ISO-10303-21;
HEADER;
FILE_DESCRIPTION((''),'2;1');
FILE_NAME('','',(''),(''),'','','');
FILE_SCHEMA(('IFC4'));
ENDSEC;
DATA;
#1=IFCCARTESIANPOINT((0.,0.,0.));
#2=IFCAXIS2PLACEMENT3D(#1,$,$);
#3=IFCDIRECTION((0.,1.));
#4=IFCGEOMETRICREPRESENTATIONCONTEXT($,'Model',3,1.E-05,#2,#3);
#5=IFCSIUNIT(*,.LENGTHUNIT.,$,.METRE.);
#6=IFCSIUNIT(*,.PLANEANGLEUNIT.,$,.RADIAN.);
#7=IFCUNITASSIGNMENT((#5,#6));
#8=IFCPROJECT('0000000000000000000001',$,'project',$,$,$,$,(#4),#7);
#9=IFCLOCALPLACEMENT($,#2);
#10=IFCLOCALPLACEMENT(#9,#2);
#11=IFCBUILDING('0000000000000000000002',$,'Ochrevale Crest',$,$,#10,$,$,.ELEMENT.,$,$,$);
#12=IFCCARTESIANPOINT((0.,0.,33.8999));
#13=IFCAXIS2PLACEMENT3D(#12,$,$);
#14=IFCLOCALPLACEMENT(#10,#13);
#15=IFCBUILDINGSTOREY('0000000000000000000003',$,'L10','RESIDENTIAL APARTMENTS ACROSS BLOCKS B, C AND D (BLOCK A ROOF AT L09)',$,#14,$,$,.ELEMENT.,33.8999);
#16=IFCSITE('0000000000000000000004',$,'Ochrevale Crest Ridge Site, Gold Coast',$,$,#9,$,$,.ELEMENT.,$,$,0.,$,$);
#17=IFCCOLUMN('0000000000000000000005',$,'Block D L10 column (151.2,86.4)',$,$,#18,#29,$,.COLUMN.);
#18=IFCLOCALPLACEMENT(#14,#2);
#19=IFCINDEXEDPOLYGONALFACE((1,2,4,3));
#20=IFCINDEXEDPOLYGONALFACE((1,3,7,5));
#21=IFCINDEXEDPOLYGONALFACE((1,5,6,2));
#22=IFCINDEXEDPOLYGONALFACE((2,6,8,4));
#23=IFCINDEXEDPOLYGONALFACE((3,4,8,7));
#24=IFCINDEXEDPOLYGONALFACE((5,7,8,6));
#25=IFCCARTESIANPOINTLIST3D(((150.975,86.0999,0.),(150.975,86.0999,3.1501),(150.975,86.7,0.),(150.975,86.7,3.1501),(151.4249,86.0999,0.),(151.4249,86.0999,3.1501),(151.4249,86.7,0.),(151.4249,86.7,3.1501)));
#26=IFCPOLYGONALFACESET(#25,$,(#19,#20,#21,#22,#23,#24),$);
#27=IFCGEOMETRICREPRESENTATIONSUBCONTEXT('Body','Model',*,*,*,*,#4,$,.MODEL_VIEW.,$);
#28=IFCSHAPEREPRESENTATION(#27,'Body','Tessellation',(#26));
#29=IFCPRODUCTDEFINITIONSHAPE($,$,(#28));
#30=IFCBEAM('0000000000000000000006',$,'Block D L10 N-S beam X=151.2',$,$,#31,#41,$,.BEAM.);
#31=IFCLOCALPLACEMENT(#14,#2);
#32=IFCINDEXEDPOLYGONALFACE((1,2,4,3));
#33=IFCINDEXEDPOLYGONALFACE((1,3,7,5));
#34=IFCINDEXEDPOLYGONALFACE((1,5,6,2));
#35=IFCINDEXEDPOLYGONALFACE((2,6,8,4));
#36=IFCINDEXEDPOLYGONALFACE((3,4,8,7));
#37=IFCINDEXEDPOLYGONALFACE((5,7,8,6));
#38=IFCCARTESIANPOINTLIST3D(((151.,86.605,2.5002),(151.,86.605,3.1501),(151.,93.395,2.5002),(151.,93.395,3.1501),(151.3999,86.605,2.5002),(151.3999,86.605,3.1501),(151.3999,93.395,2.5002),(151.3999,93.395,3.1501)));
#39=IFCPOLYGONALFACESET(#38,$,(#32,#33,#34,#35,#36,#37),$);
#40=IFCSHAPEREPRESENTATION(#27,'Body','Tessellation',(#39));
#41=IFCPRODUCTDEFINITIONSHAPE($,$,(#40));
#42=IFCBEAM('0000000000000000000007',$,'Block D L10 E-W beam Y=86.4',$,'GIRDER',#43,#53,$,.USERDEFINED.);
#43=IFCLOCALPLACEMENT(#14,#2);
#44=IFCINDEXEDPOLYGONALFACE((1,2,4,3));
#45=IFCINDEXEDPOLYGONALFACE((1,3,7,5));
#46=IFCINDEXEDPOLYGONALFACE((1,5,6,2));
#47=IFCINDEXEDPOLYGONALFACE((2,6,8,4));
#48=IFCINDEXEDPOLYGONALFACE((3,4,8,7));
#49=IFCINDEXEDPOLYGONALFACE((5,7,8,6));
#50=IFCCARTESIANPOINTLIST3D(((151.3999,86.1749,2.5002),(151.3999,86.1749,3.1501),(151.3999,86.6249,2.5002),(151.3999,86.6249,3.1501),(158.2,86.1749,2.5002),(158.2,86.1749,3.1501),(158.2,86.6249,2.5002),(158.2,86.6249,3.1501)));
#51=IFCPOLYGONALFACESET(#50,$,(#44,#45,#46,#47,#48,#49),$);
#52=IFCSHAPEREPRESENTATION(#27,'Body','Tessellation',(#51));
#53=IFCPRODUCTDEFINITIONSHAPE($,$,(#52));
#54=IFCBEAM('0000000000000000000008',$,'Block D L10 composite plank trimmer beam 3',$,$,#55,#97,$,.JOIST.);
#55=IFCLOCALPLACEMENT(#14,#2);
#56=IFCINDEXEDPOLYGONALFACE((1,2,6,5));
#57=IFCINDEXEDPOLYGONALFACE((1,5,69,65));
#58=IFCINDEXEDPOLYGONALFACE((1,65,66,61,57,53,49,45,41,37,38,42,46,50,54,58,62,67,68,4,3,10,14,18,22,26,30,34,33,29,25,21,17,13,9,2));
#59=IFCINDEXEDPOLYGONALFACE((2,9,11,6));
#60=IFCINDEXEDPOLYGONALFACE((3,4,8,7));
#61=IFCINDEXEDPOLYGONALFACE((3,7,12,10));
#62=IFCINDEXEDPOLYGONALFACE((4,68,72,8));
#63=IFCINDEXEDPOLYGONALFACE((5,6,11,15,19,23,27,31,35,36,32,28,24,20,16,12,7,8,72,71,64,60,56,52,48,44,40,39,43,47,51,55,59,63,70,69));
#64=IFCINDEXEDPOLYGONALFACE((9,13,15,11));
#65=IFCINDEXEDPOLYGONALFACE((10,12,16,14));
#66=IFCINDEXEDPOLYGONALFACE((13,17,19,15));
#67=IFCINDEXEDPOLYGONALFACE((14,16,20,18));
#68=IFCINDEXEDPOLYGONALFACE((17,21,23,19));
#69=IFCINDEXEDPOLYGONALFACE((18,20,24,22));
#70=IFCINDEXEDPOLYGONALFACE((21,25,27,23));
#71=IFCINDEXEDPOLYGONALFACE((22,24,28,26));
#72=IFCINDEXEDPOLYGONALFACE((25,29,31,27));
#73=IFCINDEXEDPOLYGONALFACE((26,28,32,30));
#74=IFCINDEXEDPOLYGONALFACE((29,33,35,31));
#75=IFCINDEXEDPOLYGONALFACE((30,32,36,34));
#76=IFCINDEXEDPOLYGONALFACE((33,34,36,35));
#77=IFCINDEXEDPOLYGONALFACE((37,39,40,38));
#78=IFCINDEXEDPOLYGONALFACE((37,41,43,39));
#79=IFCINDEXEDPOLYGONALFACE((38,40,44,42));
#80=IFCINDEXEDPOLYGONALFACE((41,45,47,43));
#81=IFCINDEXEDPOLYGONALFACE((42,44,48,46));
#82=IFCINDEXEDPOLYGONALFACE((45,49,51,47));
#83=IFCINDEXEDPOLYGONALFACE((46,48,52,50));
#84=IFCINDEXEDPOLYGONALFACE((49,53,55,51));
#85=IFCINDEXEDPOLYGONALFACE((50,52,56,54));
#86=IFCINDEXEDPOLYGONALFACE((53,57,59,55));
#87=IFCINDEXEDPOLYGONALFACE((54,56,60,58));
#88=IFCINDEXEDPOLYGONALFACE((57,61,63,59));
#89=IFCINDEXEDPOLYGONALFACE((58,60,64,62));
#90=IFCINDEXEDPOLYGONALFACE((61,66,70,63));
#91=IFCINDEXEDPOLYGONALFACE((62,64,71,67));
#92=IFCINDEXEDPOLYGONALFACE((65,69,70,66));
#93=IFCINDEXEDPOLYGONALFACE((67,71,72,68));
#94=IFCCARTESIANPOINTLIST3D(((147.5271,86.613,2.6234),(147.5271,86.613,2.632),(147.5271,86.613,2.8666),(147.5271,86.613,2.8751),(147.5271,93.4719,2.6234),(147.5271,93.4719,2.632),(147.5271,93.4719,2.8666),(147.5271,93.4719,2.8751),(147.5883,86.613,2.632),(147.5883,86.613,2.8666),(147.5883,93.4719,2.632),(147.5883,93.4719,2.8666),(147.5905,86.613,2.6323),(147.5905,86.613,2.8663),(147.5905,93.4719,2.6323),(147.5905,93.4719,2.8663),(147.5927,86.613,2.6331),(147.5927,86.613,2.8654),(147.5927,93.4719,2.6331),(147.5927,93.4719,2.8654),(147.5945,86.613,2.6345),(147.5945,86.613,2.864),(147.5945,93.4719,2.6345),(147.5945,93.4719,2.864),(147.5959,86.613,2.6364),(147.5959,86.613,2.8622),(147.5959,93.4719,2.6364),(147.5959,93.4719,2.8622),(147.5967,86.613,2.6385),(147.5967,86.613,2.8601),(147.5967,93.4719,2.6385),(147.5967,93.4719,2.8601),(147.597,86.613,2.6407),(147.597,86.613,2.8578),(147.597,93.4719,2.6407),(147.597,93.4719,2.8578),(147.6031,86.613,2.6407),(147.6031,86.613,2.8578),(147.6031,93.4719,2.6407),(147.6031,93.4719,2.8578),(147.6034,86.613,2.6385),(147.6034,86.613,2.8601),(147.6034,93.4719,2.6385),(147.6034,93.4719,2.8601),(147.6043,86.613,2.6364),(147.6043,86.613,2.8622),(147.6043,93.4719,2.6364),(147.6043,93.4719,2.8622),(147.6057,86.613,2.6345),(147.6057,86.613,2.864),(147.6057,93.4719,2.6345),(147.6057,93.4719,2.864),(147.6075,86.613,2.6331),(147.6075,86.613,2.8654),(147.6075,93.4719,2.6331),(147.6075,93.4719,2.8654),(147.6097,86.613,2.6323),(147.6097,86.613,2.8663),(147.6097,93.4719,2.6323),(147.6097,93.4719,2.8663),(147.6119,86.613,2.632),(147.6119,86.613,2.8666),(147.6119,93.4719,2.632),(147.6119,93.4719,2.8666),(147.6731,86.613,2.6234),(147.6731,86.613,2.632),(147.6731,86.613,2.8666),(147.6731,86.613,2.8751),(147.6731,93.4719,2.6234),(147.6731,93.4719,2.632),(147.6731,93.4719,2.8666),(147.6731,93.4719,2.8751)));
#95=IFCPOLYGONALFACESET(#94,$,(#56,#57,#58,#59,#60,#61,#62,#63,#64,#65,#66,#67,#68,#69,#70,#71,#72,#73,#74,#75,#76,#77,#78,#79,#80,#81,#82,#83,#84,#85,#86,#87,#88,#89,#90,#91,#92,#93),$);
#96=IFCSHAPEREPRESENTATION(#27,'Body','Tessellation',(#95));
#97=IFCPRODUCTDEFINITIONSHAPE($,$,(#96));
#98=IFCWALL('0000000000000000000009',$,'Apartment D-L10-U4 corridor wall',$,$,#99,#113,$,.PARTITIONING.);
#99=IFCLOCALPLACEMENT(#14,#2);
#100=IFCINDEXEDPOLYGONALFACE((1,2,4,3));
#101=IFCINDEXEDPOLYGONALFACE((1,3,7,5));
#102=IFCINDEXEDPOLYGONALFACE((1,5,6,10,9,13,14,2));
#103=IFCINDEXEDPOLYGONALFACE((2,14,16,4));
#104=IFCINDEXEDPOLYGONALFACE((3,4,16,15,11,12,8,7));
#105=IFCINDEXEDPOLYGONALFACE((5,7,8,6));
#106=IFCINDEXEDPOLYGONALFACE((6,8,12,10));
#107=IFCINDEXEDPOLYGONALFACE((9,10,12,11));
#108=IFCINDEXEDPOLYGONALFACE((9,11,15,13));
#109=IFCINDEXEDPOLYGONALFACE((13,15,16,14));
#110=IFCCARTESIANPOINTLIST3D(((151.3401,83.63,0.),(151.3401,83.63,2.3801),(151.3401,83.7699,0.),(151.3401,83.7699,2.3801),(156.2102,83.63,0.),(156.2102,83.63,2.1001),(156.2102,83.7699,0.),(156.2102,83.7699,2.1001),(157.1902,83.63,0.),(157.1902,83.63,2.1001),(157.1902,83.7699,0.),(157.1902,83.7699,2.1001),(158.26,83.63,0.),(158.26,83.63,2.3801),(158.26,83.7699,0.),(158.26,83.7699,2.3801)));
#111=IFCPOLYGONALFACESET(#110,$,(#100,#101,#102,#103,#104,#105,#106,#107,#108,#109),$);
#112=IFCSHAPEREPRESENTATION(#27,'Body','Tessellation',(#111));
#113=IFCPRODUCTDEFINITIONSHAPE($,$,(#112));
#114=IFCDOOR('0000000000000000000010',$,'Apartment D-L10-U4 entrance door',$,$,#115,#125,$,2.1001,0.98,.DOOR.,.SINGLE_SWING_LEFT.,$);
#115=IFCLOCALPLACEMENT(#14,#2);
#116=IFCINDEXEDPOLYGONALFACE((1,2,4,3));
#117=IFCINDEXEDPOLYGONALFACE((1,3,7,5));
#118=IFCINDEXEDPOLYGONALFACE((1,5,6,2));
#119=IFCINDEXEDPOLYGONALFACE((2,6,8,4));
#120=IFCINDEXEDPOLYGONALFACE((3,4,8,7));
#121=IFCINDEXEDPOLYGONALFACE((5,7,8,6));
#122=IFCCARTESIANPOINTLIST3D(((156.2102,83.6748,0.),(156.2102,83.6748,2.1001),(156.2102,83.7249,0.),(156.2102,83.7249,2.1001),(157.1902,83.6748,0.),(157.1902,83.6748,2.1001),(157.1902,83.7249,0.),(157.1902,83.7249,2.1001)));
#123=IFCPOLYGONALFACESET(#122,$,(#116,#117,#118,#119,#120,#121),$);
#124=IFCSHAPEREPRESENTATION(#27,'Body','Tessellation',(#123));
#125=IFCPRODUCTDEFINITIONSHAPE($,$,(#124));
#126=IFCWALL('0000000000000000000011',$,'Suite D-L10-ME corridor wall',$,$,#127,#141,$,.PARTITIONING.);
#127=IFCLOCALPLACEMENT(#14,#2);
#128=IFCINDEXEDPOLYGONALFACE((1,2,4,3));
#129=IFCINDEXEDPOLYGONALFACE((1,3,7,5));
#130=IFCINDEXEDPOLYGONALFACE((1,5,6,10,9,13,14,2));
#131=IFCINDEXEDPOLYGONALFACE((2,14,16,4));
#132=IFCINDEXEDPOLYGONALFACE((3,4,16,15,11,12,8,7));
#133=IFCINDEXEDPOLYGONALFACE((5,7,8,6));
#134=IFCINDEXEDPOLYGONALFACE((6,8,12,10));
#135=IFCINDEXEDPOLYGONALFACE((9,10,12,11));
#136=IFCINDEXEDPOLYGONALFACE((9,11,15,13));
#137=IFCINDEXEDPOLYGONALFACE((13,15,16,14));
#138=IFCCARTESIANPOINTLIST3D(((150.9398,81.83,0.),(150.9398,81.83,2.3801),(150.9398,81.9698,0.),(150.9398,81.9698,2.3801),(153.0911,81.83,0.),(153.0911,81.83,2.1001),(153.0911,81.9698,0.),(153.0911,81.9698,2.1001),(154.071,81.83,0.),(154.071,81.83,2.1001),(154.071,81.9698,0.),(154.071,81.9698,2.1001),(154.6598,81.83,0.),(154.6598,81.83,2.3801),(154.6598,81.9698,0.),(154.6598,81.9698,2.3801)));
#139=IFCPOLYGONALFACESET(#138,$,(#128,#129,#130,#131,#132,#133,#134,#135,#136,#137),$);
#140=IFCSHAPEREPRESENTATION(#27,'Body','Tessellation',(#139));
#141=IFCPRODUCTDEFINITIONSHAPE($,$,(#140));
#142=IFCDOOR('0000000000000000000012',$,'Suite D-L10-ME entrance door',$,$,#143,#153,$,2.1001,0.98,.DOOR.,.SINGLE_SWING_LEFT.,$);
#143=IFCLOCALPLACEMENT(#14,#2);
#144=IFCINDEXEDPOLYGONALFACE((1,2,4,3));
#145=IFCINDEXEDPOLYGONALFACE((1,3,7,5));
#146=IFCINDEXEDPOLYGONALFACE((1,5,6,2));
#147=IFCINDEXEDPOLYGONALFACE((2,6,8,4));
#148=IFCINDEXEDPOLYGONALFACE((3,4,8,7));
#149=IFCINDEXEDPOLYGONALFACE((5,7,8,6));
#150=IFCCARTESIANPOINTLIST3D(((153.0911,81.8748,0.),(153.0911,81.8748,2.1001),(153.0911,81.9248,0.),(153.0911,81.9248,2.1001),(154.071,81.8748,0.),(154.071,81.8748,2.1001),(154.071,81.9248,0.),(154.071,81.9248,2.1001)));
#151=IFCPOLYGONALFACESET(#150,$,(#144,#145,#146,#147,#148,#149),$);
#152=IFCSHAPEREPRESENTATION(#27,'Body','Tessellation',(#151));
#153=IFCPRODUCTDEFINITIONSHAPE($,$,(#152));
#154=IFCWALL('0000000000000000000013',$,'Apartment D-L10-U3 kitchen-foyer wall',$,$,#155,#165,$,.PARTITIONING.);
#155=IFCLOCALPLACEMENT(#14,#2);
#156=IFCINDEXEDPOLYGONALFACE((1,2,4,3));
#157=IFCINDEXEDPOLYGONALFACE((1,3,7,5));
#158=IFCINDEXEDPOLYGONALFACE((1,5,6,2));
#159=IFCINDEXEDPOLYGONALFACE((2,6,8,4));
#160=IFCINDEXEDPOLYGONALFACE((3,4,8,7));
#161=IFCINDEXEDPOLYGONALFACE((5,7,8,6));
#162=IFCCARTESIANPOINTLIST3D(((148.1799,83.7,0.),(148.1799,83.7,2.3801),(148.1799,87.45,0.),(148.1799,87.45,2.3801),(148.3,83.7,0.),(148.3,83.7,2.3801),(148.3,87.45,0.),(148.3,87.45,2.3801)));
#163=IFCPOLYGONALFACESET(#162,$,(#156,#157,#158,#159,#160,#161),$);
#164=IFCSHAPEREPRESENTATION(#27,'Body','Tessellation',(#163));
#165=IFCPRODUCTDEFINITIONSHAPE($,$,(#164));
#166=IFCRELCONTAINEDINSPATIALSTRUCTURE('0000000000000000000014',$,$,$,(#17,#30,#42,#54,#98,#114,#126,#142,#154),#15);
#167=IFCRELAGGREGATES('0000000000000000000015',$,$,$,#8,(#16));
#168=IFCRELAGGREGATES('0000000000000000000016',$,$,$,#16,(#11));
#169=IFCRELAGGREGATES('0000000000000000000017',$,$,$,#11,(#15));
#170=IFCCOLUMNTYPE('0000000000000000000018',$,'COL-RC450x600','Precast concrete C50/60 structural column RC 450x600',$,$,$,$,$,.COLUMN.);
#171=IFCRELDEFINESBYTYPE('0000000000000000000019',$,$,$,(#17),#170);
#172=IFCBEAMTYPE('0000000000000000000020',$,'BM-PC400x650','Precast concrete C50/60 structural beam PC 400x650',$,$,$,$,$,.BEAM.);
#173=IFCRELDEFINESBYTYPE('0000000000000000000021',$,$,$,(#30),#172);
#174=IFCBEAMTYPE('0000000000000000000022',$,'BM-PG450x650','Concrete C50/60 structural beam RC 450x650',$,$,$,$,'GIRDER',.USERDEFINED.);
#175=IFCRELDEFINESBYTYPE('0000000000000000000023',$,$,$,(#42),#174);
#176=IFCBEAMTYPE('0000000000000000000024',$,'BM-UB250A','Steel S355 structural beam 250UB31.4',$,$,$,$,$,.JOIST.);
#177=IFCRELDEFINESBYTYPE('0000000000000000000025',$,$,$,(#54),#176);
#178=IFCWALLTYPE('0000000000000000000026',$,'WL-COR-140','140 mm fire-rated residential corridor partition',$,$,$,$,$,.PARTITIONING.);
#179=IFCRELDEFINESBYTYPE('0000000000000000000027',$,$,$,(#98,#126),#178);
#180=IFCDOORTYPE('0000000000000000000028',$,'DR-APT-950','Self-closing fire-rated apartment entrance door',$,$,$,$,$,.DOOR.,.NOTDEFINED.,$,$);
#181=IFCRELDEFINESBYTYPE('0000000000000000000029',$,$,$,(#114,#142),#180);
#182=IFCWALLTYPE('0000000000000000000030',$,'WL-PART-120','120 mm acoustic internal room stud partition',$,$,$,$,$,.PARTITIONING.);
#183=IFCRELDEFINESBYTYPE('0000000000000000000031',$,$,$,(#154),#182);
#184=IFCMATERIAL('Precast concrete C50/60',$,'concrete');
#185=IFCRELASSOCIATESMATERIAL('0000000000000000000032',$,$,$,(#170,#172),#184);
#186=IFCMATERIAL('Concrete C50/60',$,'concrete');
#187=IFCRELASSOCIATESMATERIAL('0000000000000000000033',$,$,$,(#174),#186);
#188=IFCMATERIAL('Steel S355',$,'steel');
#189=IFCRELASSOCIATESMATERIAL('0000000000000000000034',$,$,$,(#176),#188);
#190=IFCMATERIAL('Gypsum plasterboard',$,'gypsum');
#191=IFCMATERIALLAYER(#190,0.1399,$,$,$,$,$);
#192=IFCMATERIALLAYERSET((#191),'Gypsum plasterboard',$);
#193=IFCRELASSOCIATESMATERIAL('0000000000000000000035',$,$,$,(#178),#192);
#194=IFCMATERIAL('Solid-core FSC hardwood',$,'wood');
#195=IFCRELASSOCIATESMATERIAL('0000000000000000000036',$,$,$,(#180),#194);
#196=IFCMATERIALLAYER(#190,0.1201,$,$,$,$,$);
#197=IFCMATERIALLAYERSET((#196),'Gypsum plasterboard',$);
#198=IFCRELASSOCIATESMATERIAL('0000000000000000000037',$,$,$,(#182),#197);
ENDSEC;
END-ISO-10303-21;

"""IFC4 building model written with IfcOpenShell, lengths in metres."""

from ifc_helpers import new_model, si_unit, direction, frame, frame_2d, origin, origin_2d, place, context, subcontext, project, spatial, rectangle, i_section, extrude, material, layer, layer_set, material_profile, profile_set, type_object, element, fill, save


model = new_model("IFC4")

# Units and contexts
model_context = context("Model", 3, precision=1e-05, world=origin(), true_north=direction((0.0, 1.0)))
body_context = subcontext(model_context, "Body", "Model", "MODEL_VIEW")
ifc_project = project(units=[si_unit("LENGTHUNIT", "METRE"), si_unit("PLANEANGLEUNIT", "RADIAN")], contexts=[model_context])

# Site, building, storey
site_placement = place(None, origin())
site = spatial("IfcSite", under=ifc_project, at=site_placement, Name="Ochrevale Crest Ridge Site, Gold Coast", CompositionType="ELEMENT", RefElevation=0.0)
building_placement = place(site_placement, origin())
building = spatial("IfcBuilding", under=site, at=building_placement, Name="Ochrevale Crest", CompositionType="ELEMENT")
storey_placement = place(building_placement, frame((0.0, 0.0, 33.8999)))
storey = spatial("IfcBuildingStorey", under=building, at=storey_placement, Name="L10", Description="RESIDENTIAL APARTMENTS ACROSS BLOCKS B, C AND D (BLOCK A ROOF AT L09)", CompositionType="ELEMENT", Elevation=33.8999)

# Column
ifc_material_1 = material(Name="Precast concrete C50/60", Category="concrete")
ifc_material_profile_1 = material_profile(ifc_material_1, rectangle(XDim=0.45, YDim=0.6001, at=origin_2d()), Name="RC 450x600")
ifc_profile_set_1 = profile_set([ifc_material_profile_1], Name="Precast concrete C50/60")
column_type = type_object("IfcColumnType", Name="COL-RC450x600", Description="Precast concrete C50/60 structural column RC 450x600", PredefinedType="COLUMN", material=ifc_profile_set_1)
column_placement = place(storey_placement, frame((151.2, 86.3999, 0.0), z_axis=(0.0, 0.0, 1.0), x_axis=(1.0, 0.0, 0.0)))
element("IfcColumn", 1, at=column_placement, inside=storey, type_object=column_type, Name="Block D L10 column (151.2,86.4)", PredefinedType="COLUMN", context=body_context, shape_type="SweptSolid", body=[
    extrude(rectangle(XDim=0.45, YDim=0.6001, at=origin_2d()), origin(), (0.0, 0.0, 1.0), 3.1501),
])

# Beams
ifc_material_profile_2 = material_profile(ifc_material_1, rectangle(XDim=0.3999, YDim=0.6499, at=origin_2d()), Name="PC 400x650")
ifc_profile_set_2 = profile_set([ifc_material_profile_2], Name="Precast concrete C50/60")
beam_type_1 = type_object("IfcBeamType", Name="BM-PC400x650", Description="Precast concrete C50/60 structural beam PC 400x650", PredefinedType="BEAM", material=ifc_profile_set_2)
beam_1_placement = place(storey_placement, frame((151.2, 86.605, 2.8252), z_axis=(0.0, 1.0, 0.0), x_axis=(-1.0, 0.0, 0.0)))
element("IfcBeam", 2, at=beam_1_placement, inside=storey, type_object=beam_type_1, Name="Block D L10 N-S beam X=151.2", PredefinedType="BEAM", context=body_context, shape_type="SweptSolid", body=[
    extrude(rectangle(XDim=0.3999, YDim=0.6499, at=origin_2d()), origin(), (0.0, 0.0, 1.0), 6.79),
])
ifc_material_2 = material(Name="Concrete C50/60", Category="concrete")
ifc_material_profile_3 = material_profile(ifc_material_2, rectangle(XDim=0.45, YDim=0.6499, at=origin_2d()), Name="RC 450x650")
ifc_profile_set_3 = profile_set([ifc_material_profile_3], Name="Concrete C50/60")
beam_type_2 = type_object("IfcBeamType", Name="BM-PG450x650", Description="Concrete C50/60 structural beam RC 450x650", ElementType="GIRDER", PredefinedType="USERDEFINED", material=ifc_profile_set_3)
beam_2_placement = place(storey_placement, frame((151.3999, 86.3999, 2.8252), z_axis=(1.0, 0.0, 0.0), x_axis=(0.0, 1.0, 0.0)))
element("IfcBeam", 3, at=beam_2_placement, inside=storey, type_object=beam_type_2, Name="Block D L10 E-W beam Y=86.4", ObjectType="GIRDER", PredefinedType="USERDEFINED", context=body_context, shape_type="SweptSolid", body=[
    extrude(rectangle(XDim=0.45, YDim=0.6499, at=origin_2d()), origin(), (0.0, 0.0, 1.0), 6.8),
])
ifc_material_3 = material(Name="Steel S355", Category="steel")
ifc_material_profile_4 = material_profile(ifc_material_3, i_section(OverallWidth=0.146, OverallDepth=0.2517, WebThickness=0.0061, FlangeThickness=0.0085, FilletRadius=0.0088, at=origin_2d()), Name="250UB31.4")
ifc_profile_set_4 = profile_set([ifc_material_profile_4], Name="Steel S355")
beam_type_3 = type_object("IfcBeamType", Name="BM-UB250A", Description="Steel S355 structural beam 250UB31.4", PredefinedType="JOIST", material=ifc_profile_set_4)
beam_3_placement = place(storey_placement, frame((147.6001, 86.613, 2.7493), z_axis=(0.0, 1.0, 0.0), x_axis=(-1.0, 0.0, 0.0)))
element("IfcBeam", 4, at=beam_3_placement, inside=storey, type_object=beam_type_3, Name="Block D L10 composite plank trimmer beam 3", PredefinedType="JOIST", context=body_context, shape_type="SweptSolid", body=[
    extrude(i_section(OverallWidth=0.146, OverallDepth=0.2517, WebThickness=0.0061, FlangeThickness=0.0085, FilletRadius=0.0088, at=origin_2d()), origin(), (0.0, 0.0, 1.0), 6.8589),
])

# Walls, openings, doors
ifc_material_4 = material(Name="Gypsum plasterboard", Category="gypsum")
ifc_layer_1 = layer(ifc_material_4, 0.1399)
ifc_layer_set_1 = layer_set([ifc_layer_1], Name="Gypsum plasterboard")
wall_type_1 = type_object("IfcWallType", Name="WL-COR-140", Description="140 mm fire-rated residential corridor partition", PredefinedType="PARTITIONING", material=ifc_layer_set_1)
wall_1_placement = place(storey_placement, frame((151.3401, 83.7, 0.0), z_axis=(0.0, 0.0, 1.0), x_axis=(1.0, 0.0, 0.0)))
wall_1 = element("IfcWall", 5, at=wall_1_placement, inside=storey, type_object=wall_type_1, Name="Apartment D-L10-U4 corridor wall", PredefinedType="PARTITIONING", context=body_context, shape_type="SweptSolid", body=[
    extrude(rectangle(XDim=6.9199, YDim=0.1399, at=frame_2d((3.46, 0.0))), origin(), (0.0, 0.0, 1.0), 2.3801),
])
opening_1_placement = place(wall_1_placement, frame((4.8701, 0.0, 0.0)))
opening_1 = element("IfcOpeningElement", 6, at=opening_1_placement, cuts=wall_1, PredefinedType="OPENING", context=body_context, shape_type="SweptSolid", body=[
    extrude(rectangle(XDim=0.98, YDim=2.1001, at=frame_2d((0.49, 1.05))), frame((0.0, 0.0801, 0.0), z_axis=(0.0, -1.0, 0.0), x_axis=(1.0, 0.0, 0.0)), (0.0, 0.0, 1.0), 0.1599),
])
ifc_material_5 = material(Name="Solid-core FSC hardwood", Category="wood")
door_type_1 = type_object("IfcDoorType", Name="DR-APT-950", Description="Self-closing fire-rated apartment entrance door", OperationType="NOTDEFINED", PredefinedType="DOOR", material=ifc_material_5)
door_1_placement = place(opening_1_placement, origin())
door_1 = element("IfcDoor", 7, at=door_1_placement, inside=storey, type_object=door_type_1, Name="Apartment D-L10-U4 entrance door", OperationType="SINGLE_SWING_LEFT", OverallHeight=2.1001, OverallWidth=0.98, PredefinedType="DOOR", context=body_context, shape_type="SweptSolid", body=[
    extrude(rectangle(XDim=0.98, YDim=2.1001, at=frame_2d((0.49, 1.05))), frame((0.0, 0.0249, 0.0), z_axis=(0.0, -1.0, 0.0), x_axis=(1.0, 0.0, 0.0)), (0.0, 0.0, 1.0), 0.05),
])
fill(opening_1, door_1)
wall_2_placement = place(storey_placement, frame((150.9399, 81.8999, 0.0), z_axis=(0.0, 0.0, 1.0), x_axis=(1.0, 0.0, 0.0)))
wall_2 = element("IfcWall", 8, at=wall_2_placement, inside=storey, type_object=wall_type_1, Name="Suite D-L10-ME corridor wall", PredefinedType="PARTITIONING", context=body_context, shape_type="SweptSolid", body=[
    extrude(rectangle(XDim=3.72, YDim=0.1399, at=frame_2d((1.8599, 0.0))), origin(), (0.0, 0.0, 1.0), 2.3801),
])
opening_2_placement = place(wall_2_placement, frame((2.1511, 0.0, 0.0)))
opening_2 = element("IfcOpeningElement", 9, at=opening_2_placement, cuts=wall_2, PredefinedType="OPENING", context=body_context, shape_type="SweptSolid", body=[
    extrude(rectangle(XDim=0.98, YDim=2.1001, at=frame_2d((0.49, 1.05))), frame((0.0, 0.0801, 0.0), z_axis=(0.0, -1.0, 0.0), x_axis=(1.0, 0.0, 0.0)), (0.0, 0.0, 1.0), 0.1599),
])
door_2_placement = place(opening_2_placement, origin())
door_2 = element("IfcDoor", 10, at=door_2_placement, inside=storey, type_object=door_type_1, Name="Suite D-L10-ME entrance door", OperationType="SINGLE_SWING_LEFT", OverallHeight=2.1001, OverallWidth=0.98, PredefinedType="DOOR", context=body_context, shape_type="SweptSolid", body=[
    extrude(rectangle(XDim=0.98, YDim=2.1001, at=frame_2d((0.49, 1.05))), frame((0.0, 0.0249, 0.0), z_axis=(0.0, -1.0, 0.0), x_axis=(1.0, 0.0, 0.0)), (0.0, 0.0, 1.0), 0.05),
])
fill(opening_2, door_2)

# Wall
ifc_layer_2 = layer(ifc_material_4, 0.1201)
ifc_layer_set_2 = layer_set([ifc_layer_2], Name="Gypsum plasterboard")
wall_type_2 = type_object("IfcWallType", Name="WL-PART-120", Description="120 mm acoustic internal room stud partition", PredefinedType="PARTITIONING", material=ifc_layer_set_2)
wall_3_placement = place(storey_placement, frame((148.24, 83.7, 0.0), z_axis=(0.0, 0.0, 1.0), x_axis=(0.0, 1.0, 0.0)))
element("IfcWall", 11, at=wall_3_placement, inside=storey, type_object=wall_type_2, Name="Apartment D-L10-U3 kitchen-foyer wall", PredefinedType="PARTITIONING", context=body_context, shape_type="SweptSolid", body=[
    extrude(rectangle(XDim=3.75, YDim=0.1201, at=frame_2d((1.875, 0.0))), origin(), (0.0, 0.0, 1.0), 2.3801),
])

save(model, "model.ifc")
